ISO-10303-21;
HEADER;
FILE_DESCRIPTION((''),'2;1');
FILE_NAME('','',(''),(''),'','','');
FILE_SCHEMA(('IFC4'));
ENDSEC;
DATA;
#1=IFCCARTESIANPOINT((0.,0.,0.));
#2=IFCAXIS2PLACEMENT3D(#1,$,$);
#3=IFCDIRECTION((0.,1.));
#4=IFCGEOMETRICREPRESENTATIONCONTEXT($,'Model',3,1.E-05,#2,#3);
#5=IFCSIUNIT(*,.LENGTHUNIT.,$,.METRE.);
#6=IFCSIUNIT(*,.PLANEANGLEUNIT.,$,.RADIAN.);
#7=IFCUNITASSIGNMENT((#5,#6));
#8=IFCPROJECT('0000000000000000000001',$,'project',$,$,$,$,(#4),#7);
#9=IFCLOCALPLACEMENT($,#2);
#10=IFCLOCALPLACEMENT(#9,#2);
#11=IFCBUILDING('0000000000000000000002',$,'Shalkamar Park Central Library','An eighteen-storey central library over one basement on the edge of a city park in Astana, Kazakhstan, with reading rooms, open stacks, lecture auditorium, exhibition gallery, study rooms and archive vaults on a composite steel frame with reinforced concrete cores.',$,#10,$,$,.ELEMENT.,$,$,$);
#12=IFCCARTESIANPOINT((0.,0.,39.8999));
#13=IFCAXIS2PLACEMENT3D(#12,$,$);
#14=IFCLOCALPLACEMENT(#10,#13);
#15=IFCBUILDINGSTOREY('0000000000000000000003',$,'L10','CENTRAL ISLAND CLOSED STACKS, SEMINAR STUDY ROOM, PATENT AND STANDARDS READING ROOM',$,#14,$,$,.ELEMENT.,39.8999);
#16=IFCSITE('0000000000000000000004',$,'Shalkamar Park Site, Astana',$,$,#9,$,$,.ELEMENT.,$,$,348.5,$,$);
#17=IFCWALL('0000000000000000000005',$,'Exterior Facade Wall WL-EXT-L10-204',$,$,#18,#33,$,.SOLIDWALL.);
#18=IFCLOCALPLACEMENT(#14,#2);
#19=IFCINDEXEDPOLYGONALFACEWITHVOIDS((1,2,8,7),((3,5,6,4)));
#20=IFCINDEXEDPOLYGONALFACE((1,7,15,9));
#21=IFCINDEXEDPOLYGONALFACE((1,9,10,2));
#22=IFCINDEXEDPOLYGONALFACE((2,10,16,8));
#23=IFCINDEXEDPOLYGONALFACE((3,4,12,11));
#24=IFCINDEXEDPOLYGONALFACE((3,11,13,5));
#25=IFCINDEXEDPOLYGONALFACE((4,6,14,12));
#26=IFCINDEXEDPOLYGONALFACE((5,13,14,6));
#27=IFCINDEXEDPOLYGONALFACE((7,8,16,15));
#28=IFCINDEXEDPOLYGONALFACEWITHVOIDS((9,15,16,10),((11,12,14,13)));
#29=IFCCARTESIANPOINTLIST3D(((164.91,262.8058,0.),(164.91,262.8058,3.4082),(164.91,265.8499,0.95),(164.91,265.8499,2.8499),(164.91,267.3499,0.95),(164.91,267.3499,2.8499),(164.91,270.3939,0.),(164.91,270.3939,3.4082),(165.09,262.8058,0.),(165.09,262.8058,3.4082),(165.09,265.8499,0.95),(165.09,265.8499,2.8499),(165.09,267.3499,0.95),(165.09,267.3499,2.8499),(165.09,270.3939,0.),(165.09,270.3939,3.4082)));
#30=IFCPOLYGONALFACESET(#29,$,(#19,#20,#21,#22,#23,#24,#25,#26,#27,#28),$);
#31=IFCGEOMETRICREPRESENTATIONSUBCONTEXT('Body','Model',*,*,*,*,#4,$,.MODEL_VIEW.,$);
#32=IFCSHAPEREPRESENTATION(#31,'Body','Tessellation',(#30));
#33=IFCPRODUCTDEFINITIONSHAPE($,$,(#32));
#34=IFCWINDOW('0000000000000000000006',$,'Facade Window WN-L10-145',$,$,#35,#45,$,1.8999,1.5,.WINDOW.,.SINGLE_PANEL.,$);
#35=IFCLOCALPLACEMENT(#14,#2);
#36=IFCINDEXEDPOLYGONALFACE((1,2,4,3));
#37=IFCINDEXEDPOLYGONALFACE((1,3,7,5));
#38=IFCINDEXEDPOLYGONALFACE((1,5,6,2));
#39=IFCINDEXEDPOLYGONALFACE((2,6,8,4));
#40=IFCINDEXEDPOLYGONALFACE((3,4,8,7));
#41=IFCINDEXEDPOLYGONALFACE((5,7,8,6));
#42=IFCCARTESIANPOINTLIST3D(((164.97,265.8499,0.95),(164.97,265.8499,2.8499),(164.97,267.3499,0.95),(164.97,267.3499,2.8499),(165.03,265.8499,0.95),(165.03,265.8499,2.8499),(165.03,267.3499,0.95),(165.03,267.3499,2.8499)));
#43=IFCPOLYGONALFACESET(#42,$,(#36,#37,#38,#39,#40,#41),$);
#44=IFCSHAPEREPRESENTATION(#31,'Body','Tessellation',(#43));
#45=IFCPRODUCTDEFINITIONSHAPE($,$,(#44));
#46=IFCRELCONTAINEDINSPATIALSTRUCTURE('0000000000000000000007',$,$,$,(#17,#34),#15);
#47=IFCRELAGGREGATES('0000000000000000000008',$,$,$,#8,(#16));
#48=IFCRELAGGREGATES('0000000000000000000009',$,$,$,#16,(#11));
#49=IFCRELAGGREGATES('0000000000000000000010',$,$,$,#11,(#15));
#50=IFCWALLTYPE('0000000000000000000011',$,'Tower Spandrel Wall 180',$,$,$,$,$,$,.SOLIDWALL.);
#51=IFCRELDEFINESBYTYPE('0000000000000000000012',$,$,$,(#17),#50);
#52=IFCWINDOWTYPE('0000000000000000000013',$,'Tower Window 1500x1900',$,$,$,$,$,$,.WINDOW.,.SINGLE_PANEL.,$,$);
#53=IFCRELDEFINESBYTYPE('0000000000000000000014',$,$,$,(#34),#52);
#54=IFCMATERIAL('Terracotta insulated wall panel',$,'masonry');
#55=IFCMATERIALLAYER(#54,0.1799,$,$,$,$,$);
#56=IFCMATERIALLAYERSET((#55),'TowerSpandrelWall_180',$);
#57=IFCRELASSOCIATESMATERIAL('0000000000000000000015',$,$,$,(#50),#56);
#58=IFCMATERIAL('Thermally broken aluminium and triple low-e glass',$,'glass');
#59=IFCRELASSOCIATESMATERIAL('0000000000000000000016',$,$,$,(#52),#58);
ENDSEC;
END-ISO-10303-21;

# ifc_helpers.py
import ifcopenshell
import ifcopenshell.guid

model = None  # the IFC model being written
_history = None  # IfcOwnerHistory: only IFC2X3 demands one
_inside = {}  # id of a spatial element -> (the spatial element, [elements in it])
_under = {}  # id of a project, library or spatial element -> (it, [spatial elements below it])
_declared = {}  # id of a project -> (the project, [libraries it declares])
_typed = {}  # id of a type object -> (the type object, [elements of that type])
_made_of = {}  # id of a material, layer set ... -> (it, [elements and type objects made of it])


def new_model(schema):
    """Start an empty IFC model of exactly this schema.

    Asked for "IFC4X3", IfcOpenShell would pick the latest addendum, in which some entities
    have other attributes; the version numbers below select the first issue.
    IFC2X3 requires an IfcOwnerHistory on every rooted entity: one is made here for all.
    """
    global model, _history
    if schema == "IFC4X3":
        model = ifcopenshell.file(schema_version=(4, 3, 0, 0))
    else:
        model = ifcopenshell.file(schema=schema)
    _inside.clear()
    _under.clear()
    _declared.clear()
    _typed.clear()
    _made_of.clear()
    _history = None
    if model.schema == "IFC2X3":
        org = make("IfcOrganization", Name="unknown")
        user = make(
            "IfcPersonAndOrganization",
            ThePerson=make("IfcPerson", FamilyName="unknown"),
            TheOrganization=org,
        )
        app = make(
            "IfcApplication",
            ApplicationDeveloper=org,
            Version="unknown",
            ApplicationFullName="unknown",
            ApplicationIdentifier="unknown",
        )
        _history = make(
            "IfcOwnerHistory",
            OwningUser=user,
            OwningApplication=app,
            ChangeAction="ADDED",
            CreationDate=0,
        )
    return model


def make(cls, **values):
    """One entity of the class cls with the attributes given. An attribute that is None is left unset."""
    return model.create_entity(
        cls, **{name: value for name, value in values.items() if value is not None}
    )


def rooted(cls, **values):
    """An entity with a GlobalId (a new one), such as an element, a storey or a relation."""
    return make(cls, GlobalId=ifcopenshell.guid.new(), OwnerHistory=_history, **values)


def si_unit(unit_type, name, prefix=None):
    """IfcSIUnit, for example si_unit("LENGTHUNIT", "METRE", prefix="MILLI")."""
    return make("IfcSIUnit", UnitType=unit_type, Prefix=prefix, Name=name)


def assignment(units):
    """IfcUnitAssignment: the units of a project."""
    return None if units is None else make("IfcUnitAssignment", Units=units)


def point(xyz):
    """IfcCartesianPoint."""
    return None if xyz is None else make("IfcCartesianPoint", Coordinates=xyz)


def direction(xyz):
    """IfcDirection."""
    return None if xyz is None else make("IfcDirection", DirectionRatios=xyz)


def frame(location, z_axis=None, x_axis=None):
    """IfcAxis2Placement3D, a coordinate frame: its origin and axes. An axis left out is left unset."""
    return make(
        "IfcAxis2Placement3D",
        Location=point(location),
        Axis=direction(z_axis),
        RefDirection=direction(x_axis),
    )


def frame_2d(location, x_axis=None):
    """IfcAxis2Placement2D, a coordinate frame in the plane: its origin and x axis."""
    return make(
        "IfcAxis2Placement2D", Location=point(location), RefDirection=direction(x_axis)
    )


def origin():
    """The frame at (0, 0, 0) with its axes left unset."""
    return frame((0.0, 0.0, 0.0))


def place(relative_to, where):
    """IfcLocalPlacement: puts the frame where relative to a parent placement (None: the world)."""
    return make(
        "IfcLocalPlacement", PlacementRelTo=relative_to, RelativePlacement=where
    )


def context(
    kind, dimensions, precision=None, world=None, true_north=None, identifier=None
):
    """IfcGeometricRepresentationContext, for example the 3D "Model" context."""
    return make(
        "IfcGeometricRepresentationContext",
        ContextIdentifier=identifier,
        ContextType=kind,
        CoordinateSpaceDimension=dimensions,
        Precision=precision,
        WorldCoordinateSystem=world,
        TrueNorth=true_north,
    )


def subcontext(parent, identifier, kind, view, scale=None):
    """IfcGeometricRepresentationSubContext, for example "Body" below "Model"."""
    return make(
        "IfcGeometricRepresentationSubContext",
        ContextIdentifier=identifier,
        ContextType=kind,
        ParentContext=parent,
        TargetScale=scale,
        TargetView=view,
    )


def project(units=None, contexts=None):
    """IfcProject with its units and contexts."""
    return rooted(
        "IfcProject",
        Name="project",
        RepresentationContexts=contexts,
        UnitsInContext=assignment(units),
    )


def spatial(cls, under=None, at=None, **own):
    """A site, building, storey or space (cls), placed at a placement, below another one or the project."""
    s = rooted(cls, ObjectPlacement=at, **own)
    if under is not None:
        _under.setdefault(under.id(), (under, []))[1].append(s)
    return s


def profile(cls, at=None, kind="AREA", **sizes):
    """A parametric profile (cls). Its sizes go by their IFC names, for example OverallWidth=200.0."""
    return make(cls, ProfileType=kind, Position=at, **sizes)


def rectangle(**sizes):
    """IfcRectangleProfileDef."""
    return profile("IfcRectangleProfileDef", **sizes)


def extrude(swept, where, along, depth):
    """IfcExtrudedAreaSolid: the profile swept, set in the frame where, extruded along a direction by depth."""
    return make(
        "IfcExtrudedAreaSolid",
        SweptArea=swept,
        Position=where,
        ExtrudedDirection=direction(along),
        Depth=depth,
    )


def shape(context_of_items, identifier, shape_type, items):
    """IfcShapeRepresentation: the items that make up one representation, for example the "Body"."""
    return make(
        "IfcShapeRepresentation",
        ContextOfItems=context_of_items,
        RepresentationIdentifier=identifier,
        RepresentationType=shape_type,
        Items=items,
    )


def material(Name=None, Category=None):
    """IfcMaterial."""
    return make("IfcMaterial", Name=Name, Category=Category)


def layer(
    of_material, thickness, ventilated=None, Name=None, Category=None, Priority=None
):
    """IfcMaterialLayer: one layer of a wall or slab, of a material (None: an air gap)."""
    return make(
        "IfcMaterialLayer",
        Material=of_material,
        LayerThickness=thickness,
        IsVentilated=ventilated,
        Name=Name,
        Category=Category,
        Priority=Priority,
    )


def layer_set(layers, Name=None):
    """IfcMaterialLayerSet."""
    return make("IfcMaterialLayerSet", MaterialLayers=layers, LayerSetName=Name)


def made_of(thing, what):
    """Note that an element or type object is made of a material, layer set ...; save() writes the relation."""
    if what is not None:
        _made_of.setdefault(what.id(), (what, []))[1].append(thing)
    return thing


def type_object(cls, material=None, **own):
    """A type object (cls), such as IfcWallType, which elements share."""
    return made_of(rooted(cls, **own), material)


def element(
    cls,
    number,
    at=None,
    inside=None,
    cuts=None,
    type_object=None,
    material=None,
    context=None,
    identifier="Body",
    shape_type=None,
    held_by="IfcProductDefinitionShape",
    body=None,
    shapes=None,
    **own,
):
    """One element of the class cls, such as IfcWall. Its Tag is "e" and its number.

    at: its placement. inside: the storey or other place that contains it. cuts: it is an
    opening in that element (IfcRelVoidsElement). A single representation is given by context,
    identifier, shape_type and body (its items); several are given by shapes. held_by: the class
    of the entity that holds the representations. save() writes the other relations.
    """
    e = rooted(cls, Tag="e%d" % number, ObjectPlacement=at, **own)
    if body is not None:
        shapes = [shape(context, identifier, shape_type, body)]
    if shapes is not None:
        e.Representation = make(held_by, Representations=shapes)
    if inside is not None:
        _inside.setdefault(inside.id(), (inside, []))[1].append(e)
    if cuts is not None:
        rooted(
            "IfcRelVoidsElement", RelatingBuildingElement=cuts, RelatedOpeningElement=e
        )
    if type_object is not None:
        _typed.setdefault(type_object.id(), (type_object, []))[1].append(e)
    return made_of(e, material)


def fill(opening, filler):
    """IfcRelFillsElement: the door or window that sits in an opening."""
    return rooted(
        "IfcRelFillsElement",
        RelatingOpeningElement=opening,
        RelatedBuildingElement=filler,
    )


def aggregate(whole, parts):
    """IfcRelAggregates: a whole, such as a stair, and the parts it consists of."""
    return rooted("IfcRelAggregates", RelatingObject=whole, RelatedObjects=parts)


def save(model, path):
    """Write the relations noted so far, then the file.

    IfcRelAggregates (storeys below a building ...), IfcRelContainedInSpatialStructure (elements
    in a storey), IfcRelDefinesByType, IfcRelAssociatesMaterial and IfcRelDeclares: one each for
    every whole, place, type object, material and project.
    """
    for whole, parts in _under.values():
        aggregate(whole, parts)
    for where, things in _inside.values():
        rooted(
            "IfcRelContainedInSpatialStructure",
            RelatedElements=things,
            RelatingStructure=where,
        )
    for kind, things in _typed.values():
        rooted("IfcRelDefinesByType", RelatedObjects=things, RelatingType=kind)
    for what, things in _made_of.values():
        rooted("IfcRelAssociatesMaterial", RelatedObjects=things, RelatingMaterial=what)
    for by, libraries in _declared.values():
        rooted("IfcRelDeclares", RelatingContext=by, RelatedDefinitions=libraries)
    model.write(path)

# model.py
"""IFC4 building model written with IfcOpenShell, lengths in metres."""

from ifc_helpers import new_model, si_unit, direction, frame, frame_2d, origin, place, context, subcontext, project, spatial, rectangle, extrude, material, layer, layer_set, type_object, element, fill, save


model = new_model("IFC4")

# Units and contexts
model_context = context("Model", 3, precision=1e-05, world=origin(), true_north=direction((0.0, 1.0)))
body_context = subcontext(model_context, "Body", "Model", "MODEL_VIEW")
ifc_project = project(units=[si_unit("LENGTHUNIT", "METRE"), si_unit("PLANEANGLEUNIT", "RADIAN")], contexts=[model_context])

# Site, building, storey
site_placement = place(None, origin())
site = spatial("IfcSite", under=ifc_project, at=site_placement, Name="Shalkamar Park Site, Astana", CompositionType="ELEMENT", RefElevation=348.5)
building_placement = place(site_placement, origin())
building = spatial("IfcBuilding", under=site, at=building_placement, Name="Shalkamar Park Central Library", Description="An eighteen-storey central library over one basement on the edge of a city park in Astana, Kazakhstan, with reading rooms, open stacks, lecture auditorium, exhibition gallery, study rooms and archive vaults on a composite steel frame with reinforced concrete cores.", CompositionType="ELEMENT")
storey_placement = place(building_placement, frame((0.0, 0.0, 39.8999)))
storey = spatial("IfcBuildingStorey", under=building, at=storey_placement, Name="L10", Description="CENTRAL ISLAND CLOSED STACKS, SEMINAR STUDY ROOM, PATENT AND STANDARDS READING ROOM", CompositionType="ELEMENT", Elevation=39.8999)

# Shared definitions
ifc_material_1 = material(Name="Terracotta insulated wall panel", Category="masonry")
ifc_layer_1 = layer(ifc_material_1, 0.1799)
ifc_layer_set_1 = layer_set([ifc_layer_1], Name="TowerSpandrelWall_180")
wall_type_1 = type_object("IfcWallType", Name="Tower Spandrel Wall 180", PredefinedType="SOLIDWALL", material=ifc_layer_set_1)

# Wall, opening, window
wall_1_placement = place(storey_placement, frame((165.0, 262.8059, 0.0), z_axis=(0.0, 0.0, 1.0), x_axis=(0.0, 1.0, 0.0)))
wall_1 = element("IfcWall", 1, at=wall_1_placement, inside=storey, type_object=wall_type_1, Name="Exterior Facade Wall WL-EXT-L10-204", PredefinedType="SOLIDWALL", context=body_context, shape_type="SweptSolid", body=[
    extrude(rectangle(XDim=7.5881, YDim=0.1799, at=frame_2d((3.7939, 0.0))), origin(), (0.0, 0.0, 1.0), 3.4082),
])
opening_1_placement = place(wall_1_placement, frame((3.0439, 0.0, 0.95)))
opening_1 = element("IfcOpeningElement", 2, at=opening_1_placement, cuts=wall_1, PredefinedType="OPENING", context=body_context, shape_type="SweptSolid", body=[
    extrude(rectangle(XDim=1.5, YDim=1.8999, at=frame_2d((0.75, 0.95))), frame((0.0, 0.105, 0.0), z_axis=(0.0, -1.0, 0.0), x_axis=(1.0, 0.0, 0.0)), (0.0, 0.0, 1.0), 0.2097),
])
ifc_material_2 = material(Name="Thermally broken aluminium and triple low-e glass", Category="glass")
window_type = type_object("IfcWindowType", Name="Tower Window 1500x1900", PartitioningType="SINGLE_PANEL", PredefinedType="WINDOW", material=ifc_material_2)
window_placement = place(opening_1_placement, origin())
window = element("IfcWindow", 3, at=window_placement, inside=storey, type_object=window_type, Name="Facade Window WN-L10-145", OverallHeight=1.8999, OverallWidth=1.5, PartitioningType="SINGLE_PANEL", PredefinedType="WINDOW", context=body_context, shape_type="SweptSolid", body=[
    extrude(rectangle(XDim=1.5, YDim=1.8999, at=frame_2d((0.75, 0.95))), frame((0.0, 0.03, 0.0), z_axis=(0.0, -1.0, 0.0), x_axis=(1.0, 0.0, 0.0)), (0.0, 0.0, 1.0), 0.0601),
])
fill(opening_1, window)

save(model, "model.ifc")
